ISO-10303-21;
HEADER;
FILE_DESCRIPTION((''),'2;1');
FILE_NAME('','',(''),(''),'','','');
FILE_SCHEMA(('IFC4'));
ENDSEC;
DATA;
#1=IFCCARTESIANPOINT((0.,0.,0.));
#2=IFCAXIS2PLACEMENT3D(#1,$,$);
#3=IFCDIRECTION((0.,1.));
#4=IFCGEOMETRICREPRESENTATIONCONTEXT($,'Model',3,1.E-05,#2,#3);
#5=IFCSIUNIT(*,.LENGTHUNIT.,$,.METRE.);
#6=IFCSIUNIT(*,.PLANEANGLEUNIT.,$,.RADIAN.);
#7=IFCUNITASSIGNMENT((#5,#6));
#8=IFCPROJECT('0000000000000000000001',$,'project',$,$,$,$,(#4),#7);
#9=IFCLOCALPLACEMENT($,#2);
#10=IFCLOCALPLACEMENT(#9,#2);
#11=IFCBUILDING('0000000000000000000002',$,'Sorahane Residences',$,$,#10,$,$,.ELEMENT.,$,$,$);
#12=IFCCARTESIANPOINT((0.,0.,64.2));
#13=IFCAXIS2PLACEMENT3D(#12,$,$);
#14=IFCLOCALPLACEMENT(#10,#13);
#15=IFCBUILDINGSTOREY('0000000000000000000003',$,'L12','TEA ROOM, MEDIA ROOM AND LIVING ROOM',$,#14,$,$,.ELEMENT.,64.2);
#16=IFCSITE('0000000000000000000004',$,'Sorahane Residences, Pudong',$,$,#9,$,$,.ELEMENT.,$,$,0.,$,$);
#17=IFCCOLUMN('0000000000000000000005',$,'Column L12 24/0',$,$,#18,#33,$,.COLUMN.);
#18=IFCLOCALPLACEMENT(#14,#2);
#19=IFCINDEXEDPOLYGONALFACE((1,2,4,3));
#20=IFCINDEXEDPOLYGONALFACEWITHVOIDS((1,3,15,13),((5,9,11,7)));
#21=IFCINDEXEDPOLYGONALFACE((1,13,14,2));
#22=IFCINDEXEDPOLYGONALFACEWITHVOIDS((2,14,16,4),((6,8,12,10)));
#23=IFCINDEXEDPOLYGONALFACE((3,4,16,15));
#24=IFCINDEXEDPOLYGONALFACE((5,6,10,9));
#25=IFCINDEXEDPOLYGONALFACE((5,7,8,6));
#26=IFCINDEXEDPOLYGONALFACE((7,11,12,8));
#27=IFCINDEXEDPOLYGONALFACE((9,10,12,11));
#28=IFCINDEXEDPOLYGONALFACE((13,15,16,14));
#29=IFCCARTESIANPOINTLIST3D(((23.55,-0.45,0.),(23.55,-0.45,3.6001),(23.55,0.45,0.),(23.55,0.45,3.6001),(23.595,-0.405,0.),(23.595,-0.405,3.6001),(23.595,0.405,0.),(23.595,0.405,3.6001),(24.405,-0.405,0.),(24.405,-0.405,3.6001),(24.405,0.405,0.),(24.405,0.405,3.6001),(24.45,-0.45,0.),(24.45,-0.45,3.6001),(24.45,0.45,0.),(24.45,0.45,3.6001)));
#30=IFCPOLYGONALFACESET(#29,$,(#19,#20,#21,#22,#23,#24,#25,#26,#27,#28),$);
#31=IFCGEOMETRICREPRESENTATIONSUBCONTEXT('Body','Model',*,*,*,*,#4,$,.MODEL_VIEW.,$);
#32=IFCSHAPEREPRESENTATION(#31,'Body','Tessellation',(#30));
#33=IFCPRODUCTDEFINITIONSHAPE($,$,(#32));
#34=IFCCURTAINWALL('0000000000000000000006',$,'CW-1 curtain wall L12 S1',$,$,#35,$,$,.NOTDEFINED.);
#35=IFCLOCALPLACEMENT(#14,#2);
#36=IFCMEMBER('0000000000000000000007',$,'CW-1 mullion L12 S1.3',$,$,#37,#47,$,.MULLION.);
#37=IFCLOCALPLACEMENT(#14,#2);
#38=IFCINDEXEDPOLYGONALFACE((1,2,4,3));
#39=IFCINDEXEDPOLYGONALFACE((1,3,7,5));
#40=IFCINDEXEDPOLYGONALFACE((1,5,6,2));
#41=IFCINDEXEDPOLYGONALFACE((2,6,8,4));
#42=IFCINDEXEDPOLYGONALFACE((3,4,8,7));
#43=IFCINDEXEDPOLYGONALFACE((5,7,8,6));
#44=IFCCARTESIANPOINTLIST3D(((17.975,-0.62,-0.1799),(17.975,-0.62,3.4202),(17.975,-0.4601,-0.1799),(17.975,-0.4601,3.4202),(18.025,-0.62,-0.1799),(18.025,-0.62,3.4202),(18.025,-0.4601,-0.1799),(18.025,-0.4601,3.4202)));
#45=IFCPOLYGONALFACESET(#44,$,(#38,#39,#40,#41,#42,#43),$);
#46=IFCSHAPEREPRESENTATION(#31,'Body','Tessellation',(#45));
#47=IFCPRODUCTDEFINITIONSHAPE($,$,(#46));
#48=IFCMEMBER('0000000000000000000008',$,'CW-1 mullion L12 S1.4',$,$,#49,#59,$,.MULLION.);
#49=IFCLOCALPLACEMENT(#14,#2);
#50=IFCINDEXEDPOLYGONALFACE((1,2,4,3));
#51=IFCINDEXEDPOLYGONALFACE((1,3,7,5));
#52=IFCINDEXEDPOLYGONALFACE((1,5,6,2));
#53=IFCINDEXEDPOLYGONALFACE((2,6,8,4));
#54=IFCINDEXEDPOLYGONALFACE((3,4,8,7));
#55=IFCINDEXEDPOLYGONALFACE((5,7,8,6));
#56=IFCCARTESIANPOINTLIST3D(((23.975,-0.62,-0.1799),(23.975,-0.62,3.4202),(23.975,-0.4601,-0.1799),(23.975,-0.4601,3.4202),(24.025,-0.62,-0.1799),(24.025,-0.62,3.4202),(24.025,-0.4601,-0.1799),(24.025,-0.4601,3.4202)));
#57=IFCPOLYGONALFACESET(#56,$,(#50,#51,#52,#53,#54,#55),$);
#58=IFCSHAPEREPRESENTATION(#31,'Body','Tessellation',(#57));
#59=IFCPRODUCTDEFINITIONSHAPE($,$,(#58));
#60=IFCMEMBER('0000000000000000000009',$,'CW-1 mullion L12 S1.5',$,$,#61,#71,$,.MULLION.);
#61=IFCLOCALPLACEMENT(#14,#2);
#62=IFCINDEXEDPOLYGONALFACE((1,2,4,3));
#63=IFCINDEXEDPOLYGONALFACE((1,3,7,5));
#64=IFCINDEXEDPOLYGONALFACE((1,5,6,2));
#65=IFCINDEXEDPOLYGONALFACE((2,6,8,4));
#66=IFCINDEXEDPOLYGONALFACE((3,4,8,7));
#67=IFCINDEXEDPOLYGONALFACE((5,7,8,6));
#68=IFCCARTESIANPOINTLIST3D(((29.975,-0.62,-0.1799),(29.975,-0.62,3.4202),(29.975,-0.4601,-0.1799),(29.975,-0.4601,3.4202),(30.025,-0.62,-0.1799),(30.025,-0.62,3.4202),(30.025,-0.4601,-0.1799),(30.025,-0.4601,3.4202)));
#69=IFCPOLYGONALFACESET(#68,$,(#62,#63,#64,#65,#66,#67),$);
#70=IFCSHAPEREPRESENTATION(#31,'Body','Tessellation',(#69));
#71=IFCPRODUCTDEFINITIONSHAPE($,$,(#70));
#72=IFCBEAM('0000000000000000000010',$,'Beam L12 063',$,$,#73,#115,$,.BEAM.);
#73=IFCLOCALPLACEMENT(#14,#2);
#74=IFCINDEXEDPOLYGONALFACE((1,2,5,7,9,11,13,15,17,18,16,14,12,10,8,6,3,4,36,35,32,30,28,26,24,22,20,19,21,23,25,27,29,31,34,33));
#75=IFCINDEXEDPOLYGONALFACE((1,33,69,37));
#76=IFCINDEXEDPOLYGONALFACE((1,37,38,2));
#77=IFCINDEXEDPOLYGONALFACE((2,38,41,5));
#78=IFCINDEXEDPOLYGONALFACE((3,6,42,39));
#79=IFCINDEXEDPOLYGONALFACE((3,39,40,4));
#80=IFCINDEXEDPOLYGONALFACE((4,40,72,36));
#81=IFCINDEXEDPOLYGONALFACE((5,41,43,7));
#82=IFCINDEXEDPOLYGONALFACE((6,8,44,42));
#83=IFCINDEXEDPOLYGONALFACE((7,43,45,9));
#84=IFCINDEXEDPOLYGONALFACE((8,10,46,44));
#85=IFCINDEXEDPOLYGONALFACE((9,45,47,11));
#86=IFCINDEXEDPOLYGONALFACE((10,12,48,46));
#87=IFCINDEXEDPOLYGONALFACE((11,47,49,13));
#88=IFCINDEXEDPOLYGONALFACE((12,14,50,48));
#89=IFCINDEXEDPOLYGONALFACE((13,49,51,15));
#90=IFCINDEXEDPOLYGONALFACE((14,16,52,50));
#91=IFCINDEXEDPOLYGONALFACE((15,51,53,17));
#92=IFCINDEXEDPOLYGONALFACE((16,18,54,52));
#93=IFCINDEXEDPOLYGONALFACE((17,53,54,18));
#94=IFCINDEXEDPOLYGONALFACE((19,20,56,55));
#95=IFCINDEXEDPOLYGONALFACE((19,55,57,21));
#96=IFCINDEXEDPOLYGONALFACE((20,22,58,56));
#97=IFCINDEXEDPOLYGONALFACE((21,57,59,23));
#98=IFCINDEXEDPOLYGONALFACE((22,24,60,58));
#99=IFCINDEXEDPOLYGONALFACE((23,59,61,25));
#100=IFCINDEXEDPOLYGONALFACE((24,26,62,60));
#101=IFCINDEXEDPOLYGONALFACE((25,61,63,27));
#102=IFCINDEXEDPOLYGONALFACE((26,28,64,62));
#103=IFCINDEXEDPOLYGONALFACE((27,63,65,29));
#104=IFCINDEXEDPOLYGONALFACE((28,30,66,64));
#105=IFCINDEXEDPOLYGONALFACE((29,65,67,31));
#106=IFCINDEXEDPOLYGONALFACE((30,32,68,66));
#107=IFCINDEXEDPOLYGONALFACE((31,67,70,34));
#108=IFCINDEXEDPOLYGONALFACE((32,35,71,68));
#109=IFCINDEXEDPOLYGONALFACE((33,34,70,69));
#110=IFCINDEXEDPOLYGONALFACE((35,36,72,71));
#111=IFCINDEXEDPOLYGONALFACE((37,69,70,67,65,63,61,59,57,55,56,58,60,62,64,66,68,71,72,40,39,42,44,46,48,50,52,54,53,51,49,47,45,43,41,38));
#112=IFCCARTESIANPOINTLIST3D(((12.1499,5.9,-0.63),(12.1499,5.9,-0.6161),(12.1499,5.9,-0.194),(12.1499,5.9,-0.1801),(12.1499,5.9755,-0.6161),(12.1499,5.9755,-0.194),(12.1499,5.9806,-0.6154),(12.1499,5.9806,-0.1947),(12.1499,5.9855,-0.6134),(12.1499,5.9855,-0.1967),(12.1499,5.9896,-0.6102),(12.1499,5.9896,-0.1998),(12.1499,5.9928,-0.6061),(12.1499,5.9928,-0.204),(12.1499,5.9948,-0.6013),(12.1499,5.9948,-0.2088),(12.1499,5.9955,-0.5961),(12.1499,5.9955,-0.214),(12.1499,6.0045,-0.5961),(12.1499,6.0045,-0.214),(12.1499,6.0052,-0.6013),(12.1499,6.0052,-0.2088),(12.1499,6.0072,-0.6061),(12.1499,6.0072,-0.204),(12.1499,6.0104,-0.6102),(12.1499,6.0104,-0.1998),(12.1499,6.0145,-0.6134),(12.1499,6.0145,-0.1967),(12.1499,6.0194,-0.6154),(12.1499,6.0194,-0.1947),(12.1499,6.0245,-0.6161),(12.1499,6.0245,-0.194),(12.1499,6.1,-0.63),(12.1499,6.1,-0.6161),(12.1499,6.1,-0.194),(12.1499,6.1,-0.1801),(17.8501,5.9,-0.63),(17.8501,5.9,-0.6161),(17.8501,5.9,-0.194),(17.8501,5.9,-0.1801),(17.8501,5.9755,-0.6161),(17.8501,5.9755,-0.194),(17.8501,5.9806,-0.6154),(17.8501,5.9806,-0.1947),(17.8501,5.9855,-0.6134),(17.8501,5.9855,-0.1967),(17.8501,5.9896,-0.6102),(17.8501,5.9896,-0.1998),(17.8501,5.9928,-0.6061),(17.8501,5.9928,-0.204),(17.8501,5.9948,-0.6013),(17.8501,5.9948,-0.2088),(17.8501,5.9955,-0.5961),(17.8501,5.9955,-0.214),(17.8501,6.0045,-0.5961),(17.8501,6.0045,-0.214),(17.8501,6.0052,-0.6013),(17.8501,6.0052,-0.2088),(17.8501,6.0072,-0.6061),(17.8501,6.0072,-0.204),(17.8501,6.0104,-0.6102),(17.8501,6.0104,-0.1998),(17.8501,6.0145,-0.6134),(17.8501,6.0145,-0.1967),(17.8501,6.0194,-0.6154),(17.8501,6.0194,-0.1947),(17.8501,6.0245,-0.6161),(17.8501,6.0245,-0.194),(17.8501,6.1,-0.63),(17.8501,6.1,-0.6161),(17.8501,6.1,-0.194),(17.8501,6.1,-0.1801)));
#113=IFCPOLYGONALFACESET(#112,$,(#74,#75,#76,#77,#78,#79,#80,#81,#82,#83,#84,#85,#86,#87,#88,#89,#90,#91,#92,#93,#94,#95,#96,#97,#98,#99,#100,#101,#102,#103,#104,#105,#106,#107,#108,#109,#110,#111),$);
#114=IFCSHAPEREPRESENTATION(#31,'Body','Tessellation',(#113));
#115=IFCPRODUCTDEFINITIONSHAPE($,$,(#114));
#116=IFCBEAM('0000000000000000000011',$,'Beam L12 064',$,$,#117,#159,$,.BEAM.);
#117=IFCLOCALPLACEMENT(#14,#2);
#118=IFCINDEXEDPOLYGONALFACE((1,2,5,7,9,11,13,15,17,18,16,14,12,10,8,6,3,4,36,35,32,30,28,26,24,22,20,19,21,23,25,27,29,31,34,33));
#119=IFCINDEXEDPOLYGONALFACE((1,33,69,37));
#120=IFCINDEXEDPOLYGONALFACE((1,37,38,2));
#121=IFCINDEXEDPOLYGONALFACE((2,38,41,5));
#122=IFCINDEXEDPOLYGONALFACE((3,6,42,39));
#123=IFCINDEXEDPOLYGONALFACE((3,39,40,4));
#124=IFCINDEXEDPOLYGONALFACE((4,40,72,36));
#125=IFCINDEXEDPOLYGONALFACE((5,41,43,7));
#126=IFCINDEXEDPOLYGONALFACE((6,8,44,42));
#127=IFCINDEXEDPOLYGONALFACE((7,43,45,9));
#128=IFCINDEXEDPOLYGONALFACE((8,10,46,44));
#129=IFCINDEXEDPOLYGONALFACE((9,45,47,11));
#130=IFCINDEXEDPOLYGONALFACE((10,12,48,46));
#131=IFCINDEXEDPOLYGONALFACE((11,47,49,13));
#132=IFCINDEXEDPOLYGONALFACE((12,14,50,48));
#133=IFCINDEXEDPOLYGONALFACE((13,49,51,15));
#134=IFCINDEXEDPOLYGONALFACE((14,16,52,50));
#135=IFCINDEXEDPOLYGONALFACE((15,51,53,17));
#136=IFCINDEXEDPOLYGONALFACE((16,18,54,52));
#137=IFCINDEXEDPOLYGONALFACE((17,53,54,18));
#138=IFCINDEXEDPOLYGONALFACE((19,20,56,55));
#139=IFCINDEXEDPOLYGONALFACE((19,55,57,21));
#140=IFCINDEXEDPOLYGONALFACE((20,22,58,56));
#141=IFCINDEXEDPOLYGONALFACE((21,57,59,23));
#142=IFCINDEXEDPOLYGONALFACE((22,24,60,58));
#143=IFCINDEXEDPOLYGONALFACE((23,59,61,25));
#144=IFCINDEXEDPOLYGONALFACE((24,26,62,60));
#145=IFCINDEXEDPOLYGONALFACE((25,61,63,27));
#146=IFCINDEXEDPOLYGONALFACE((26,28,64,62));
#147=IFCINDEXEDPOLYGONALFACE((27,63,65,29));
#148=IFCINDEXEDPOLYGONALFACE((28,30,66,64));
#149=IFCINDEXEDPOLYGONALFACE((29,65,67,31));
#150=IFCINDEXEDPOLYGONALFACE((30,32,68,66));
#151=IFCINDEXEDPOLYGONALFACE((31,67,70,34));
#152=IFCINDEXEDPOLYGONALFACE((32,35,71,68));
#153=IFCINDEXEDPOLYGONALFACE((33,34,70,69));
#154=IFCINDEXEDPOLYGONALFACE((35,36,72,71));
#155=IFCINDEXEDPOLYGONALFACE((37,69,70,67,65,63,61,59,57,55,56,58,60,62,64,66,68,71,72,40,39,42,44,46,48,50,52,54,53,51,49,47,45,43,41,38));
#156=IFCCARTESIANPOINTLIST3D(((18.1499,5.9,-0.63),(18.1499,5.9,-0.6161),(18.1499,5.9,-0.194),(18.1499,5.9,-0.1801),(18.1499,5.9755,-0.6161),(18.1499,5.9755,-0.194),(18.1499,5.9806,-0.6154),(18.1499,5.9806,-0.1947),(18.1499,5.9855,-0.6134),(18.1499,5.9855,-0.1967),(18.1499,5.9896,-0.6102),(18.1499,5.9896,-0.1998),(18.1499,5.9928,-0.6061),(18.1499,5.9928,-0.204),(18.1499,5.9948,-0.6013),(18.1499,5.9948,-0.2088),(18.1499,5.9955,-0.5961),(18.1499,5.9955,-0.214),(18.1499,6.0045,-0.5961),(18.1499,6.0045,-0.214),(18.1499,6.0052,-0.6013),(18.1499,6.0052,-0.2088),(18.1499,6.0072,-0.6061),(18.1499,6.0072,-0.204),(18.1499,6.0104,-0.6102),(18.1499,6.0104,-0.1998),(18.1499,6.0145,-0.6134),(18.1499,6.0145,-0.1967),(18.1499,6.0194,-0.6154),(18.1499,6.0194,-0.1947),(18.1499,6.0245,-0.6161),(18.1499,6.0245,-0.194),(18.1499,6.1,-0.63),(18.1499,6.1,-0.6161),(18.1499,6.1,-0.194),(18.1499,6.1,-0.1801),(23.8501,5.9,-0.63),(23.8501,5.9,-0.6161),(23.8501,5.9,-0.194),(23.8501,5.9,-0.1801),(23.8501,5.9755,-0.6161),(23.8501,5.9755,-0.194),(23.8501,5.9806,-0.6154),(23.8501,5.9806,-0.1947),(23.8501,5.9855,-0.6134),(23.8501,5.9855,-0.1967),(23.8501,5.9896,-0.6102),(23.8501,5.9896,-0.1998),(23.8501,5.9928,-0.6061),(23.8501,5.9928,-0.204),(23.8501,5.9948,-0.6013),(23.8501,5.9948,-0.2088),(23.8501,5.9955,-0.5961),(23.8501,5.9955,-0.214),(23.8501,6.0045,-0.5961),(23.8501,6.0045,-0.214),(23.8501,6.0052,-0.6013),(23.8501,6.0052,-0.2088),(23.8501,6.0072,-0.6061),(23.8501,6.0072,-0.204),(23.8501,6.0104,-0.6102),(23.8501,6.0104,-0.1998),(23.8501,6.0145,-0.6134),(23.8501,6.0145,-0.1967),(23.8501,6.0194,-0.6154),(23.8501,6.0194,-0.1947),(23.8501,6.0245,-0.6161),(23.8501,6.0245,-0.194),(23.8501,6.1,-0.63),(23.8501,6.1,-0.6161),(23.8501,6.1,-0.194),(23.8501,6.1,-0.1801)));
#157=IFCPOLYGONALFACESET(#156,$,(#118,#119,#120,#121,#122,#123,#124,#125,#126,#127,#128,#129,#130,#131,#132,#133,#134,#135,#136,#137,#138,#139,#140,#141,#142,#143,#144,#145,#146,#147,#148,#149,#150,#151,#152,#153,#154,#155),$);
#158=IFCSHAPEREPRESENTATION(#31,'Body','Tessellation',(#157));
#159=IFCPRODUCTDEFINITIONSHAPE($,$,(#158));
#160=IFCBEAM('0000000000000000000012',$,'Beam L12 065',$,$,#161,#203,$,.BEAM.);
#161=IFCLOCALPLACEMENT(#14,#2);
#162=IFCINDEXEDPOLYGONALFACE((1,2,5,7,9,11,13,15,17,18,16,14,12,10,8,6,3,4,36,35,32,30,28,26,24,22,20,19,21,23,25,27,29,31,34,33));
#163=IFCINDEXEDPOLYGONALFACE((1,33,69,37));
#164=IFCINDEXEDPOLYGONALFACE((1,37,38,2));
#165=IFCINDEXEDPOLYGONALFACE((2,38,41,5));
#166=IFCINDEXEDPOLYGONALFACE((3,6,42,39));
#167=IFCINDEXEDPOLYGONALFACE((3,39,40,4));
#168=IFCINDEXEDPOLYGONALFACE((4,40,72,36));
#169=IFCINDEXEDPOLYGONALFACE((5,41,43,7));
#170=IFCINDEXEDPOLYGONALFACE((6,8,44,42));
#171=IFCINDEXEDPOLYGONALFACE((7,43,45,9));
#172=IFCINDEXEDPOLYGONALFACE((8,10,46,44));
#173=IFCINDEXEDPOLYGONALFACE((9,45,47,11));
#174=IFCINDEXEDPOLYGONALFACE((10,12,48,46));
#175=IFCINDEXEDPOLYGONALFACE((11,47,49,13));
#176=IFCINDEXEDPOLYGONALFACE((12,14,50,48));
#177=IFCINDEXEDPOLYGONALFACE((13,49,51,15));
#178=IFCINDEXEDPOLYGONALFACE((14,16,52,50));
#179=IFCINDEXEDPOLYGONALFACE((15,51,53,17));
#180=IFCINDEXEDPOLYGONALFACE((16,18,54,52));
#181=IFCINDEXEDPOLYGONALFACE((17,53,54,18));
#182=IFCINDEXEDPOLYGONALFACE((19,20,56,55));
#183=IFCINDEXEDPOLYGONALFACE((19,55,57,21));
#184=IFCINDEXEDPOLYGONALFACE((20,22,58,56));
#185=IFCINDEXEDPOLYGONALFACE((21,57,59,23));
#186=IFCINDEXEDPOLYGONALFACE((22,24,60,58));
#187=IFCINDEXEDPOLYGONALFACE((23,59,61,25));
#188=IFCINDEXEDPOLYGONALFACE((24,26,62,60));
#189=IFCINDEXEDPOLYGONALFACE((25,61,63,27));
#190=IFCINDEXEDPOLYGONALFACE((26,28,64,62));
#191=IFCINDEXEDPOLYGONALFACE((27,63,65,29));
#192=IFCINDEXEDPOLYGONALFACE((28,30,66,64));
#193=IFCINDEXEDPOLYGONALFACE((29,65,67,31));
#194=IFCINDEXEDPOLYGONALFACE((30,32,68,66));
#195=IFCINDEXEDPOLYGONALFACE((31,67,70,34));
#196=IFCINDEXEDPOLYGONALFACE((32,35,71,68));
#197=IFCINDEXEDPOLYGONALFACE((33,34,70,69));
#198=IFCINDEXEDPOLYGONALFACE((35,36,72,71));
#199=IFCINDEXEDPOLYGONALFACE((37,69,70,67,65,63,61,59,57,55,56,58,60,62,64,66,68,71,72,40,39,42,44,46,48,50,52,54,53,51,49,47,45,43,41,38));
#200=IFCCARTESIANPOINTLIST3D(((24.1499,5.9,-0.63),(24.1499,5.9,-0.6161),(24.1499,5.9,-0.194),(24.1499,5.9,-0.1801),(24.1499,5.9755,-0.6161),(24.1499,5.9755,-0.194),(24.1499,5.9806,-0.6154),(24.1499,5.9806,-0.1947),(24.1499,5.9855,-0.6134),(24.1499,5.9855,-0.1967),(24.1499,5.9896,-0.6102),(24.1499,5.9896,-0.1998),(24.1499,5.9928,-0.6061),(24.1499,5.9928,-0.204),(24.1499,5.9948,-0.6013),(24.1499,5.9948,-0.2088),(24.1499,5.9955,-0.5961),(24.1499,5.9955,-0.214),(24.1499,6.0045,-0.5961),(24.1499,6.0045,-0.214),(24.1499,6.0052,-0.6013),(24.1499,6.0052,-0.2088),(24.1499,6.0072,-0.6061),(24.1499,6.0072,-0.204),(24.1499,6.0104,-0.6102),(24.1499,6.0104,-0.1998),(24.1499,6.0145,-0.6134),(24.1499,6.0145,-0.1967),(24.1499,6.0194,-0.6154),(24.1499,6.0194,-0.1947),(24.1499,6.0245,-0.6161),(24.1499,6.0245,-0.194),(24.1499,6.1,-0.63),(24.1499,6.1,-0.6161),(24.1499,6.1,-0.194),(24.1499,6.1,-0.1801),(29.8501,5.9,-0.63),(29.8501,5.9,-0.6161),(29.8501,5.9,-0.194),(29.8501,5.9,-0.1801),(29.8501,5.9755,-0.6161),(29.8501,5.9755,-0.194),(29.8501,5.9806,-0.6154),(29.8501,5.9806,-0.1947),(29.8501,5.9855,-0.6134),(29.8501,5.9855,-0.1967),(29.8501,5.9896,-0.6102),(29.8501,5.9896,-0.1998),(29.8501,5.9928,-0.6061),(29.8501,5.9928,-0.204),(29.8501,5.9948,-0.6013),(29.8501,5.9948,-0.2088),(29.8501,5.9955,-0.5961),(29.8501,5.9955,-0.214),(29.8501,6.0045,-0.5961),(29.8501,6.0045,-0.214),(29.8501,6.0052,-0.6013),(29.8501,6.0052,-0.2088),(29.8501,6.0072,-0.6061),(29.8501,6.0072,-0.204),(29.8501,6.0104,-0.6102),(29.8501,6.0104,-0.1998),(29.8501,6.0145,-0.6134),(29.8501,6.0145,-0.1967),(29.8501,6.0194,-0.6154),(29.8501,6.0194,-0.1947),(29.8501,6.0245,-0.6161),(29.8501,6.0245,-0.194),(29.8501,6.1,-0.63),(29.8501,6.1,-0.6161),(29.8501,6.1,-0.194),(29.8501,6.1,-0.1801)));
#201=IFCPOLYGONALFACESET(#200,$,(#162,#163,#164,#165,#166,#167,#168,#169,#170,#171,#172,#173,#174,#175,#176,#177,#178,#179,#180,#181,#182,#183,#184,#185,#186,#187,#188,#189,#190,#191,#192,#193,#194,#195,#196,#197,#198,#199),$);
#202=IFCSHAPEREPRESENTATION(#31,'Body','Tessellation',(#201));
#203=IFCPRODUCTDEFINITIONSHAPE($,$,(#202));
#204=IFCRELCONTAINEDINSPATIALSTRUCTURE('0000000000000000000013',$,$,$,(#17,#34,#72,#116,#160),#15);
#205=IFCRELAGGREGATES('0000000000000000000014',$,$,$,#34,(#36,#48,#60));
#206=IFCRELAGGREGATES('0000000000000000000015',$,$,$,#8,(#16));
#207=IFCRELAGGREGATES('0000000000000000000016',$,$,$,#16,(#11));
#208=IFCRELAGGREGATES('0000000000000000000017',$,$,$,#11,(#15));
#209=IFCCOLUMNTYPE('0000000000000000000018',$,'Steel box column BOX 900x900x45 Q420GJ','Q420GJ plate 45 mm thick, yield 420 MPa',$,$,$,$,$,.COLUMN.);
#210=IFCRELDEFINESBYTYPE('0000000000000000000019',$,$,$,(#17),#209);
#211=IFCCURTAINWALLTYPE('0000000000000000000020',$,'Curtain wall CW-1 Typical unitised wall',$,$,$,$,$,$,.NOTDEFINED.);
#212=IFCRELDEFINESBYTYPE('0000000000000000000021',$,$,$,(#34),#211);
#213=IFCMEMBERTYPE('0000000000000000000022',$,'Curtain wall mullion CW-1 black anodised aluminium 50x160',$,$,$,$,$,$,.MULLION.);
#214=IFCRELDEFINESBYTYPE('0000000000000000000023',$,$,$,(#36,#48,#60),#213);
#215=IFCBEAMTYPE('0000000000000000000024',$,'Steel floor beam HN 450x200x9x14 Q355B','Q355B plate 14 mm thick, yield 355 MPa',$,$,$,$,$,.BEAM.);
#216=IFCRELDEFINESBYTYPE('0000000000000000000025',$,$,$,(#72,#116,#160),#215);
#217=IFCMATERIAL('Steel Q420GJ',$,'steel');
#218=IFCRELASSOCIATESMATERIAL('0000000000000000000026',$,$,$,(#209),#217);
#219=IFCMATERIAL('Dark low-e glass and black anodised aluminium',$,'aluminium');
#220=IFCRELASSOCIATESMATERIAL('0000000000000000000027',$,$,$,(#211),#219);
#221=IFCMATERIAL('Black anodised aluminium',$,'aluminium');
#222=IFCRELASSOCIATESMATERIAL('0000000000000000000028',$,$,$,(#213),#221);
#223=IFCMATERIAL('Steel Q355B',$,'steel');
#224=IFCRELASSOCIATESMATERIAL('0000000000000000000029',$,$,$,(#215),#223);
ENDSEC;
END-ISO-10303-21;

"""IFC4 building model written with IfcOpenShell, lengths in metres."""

from ifc_helpers import new_model, si_unit, direction, frame, origin, origin_2d, place, context, subcontext, project, spatial, rectangle, hollow_rectangle, i_section, extrude, material, material_profile, profile_set, type_object, element, aggregate, save


model = new_model("IFC4")

# Units and contexts
model_context = context("Model", 3, precision=1e-05, world=origin(), true_north=direction((0.0, 1.0)))
body_context = subcontext(model_context, "Body", "Model", "MODEL_VIEW")
ifc_project = project(units=[si_unit("LENGTHUNIT", "METRE"), si_unit("PLANEANGLEUNIT", "RADIAN")], contexts=[model_context])

# Site, building, storey
site_placement = place(None, origin())
site = spatial("IfcSite", under=ifc_project, at=site_placement, Name="Sorahane Residences, Pudong", CompositionType="ELEMENT", RefElevation=0.0)
building_placement = place(site_placement, origin())
building = spatial("IfcBuilding", under=site, at=building_placement, Name="Sorahane Residences", CompositionType="ELEMENT")
storey_placement = place(building_placement, frame((0.0, 0.0, 64.2)))
storey = spatial("IfcBuildingStorey", under=building, at=storey_placement, Name="L12", Description="TEA ROOM, MEDIA ROOM AND LIVING ROOM", CompositionType="ELEMENT", Elevation=64.2)

# Column
ifc_material_1 = material(Name="Steel Q420GJ", Category="steel")
ifc_material_profile_1 = material_profile(ifc_material_1, hollow_rectangle(XDim=0.8999, YDim=0.8999, WallThickness=0.0449, at=origin_2d()), Name="BOX 900x900x45")
ifc_profile_set_1 = profile_set([ifc_material_profile_1], Name="Steel Q420GJ")
column_type = type_object("IfcColumnType", Name="Steel box column BOX 900x900x45 Q420GJ", Description="Q420GJ plate 45 mm thick, yield 420 MPa", PredefinedType="COLUMN", material=ifc_profile_set_1)
column_placement = place(storey_placement, frame((24.0, 0.0, 0.0), z_axis=(0.0, 0.0, 1.0), x_axis=(1.0, 0.0, 0.0)))
element("IfcColumn", 1, at=column_placement, inside=storey, type_object=column_type, Name="Column L12 24/0", PredefinedType="COLUMN", context=body_context, shape_type="SweptSolid", body=[
    extrude(hollow_rectangle(XDim=0.8999, YDim=0.8999, WallThickness=0.0449, at=origin_2d()), origin(), (0.0, 0.0, 1.0), 3.6001),
])

# Curtain wall, members
ifc_material_2 = material(Name="Dark low-e glass and black anodised aluminium", Category="aluminium")
curtain_wall_type = type_object("IfcCurtainWallType", Name="Curtain wall CW-1 Typical unitised wall", PredefinedType="NOTDEFINED", material=ifc_material_2)
curtain_wall_placement = place(storey_placement, origin())
curtain_wall = element("IfcCurtainWall", 2, at=curtain_wall_placement, inside=storey, type_object=curtain_wall_type, Name="CW-1 curtain wall L12 S1", PredefinedType="NOTDEFINED")
ifc_material_3 = material(Name="Black anodised aluminium", Category="aluminium")
ifc_material_profile_2 = material_profile(ifc_material_3, rectangle(XDim=0.1599, YDim=0.05, at=origin_2d()), Name="Curtain wall mullion CW-1 black anodised aluminium 50x160")
ifc_profile_set_2 = profile_set([ifc_material_profile_2], Name="Black anodised aluminium")
member_type = type_object("IfcMemberType", Name="Curtain wall mullion CW-1 black anodised aluminium 50x160", PredefinedType="MULLION", material=ifc_profile_set_2)
member_1_placement = place(storey_placement, frame((18.0, -0.54, -0.1799), z_axis=(0.0, 0.0, 1.0), x_axis=(0.0, -1.0, 0.0)))
member_1 = element("IfcMember", 3, at=member_1_placement, type_object=member_type, Name="CW-1 mullion L12 S1.3", PredefinedType="MULLION", context=body_context, shape_type="SweptSolid", body=[
    extrude(rectangle(XDim=0.1599, YDim=0.05, at=origin_2d()), origin(), (0.0, 0.0, 1.0), 3.6001),
])
member_2_placement = place(storey_placement, frame((24.0, -0.54, -0.1799), z_axis=(0.0, 0.0, 1.0), x_axis=(0.0, -1.0, 0.0)))
member_2 = element("IfcMember", 4, at=member_2_placement, type_object=member_type, Name="CW-1 mullion L12 S1.4", PredefinedType="MULLION", context=body_context, shape_type="SweptSolid", body=[
    extrude(rectangle(XDim=0.1599, YDim=0.05, at=origin_2d()), origin(), (0.0, 0.0, 1.0), 3.6001),
])
member_3_placement = place(storey_placement, frame((30.0, -0.54, -0.1799), z_axis=(0.0, 0.0, 1.0), x_axis=(0.0, -1.0, 0.0)))
member_3 = element("IfcMember", 5, at=member_3_placement, type_object=member_type, Name="CW-1 mullion L12 S1.5", PredefinedType="MULLION", context=body_context, shape_type="SweptSolid", body=[
    extrude(rectangle(XDim=0.1599, YDim=0.05, at=origin_2d()), origin(), (0.0, 0.0, 1.0), 3.6001),
])

# Beams
ifc_material_4 = material(Name="Steel Q355B", Category="steel")
ifc_material_profile_3 = material_profile(ifc_material_4, i_section(OverallWidth=0.2, OverallDepth=0.45, WebThickness=0.009, FlangeThickness=0.0139, FilletRadius=0.02, at=origin_2d()), Name="HN 450x200x9x14")
ifc_profile_set_3 = profile_set([ifc_material_profile_3], Name="Steel Q355B")
beam_type_1 = type_object("IfcBeamType", Name="Steel floor beam HN 450x200x9x14 Q355B", Description="Q355B plate 14 mm thick, yield 355 MPa", PredefinedType="BEAM", material=ifc_profile_set_3)
for number, where, z_axis, x_axis, name in (
    (6, (12.1499, 6.0, -0.405), (1.0, 0.0, 0.0), (0.0, 1.0, 0.0), "Beam L12 063"),
    (7, (18.1499, 6.0, -0.405), (1.0, 0.0, 0.0), (0.0, 1.0, 0.0), "Beam L12 064"),
    (8, (24.1499, 6.0, -0.405), (1.0, 0.0, 0.0), (0.0, 1.0, 0.0), "Beam L12 065"),
):
    element("IfcBeam", number, at=place(storey_placement, frame(where, z_axis=z_axis, x_axis=x_axis)), inside=storey, type_object=beam_type_1, Name=name, PredefinedType="BEAM", context=body_context, shape_type="SweptSolid", body=[
        extrude(i_section(OverallWidth=0.2, OverallDepth=0.45, WebThickness=0.009, FlangeThickness=0.0139, FilletRadius=0.02, at=origin_2d()), origin(), (0.0, 0.0, 1.0), 5.7002),
    ])

aggregate(curtain_wall, [member_1, member_2, member_3])

save(model, "model.ifc")
